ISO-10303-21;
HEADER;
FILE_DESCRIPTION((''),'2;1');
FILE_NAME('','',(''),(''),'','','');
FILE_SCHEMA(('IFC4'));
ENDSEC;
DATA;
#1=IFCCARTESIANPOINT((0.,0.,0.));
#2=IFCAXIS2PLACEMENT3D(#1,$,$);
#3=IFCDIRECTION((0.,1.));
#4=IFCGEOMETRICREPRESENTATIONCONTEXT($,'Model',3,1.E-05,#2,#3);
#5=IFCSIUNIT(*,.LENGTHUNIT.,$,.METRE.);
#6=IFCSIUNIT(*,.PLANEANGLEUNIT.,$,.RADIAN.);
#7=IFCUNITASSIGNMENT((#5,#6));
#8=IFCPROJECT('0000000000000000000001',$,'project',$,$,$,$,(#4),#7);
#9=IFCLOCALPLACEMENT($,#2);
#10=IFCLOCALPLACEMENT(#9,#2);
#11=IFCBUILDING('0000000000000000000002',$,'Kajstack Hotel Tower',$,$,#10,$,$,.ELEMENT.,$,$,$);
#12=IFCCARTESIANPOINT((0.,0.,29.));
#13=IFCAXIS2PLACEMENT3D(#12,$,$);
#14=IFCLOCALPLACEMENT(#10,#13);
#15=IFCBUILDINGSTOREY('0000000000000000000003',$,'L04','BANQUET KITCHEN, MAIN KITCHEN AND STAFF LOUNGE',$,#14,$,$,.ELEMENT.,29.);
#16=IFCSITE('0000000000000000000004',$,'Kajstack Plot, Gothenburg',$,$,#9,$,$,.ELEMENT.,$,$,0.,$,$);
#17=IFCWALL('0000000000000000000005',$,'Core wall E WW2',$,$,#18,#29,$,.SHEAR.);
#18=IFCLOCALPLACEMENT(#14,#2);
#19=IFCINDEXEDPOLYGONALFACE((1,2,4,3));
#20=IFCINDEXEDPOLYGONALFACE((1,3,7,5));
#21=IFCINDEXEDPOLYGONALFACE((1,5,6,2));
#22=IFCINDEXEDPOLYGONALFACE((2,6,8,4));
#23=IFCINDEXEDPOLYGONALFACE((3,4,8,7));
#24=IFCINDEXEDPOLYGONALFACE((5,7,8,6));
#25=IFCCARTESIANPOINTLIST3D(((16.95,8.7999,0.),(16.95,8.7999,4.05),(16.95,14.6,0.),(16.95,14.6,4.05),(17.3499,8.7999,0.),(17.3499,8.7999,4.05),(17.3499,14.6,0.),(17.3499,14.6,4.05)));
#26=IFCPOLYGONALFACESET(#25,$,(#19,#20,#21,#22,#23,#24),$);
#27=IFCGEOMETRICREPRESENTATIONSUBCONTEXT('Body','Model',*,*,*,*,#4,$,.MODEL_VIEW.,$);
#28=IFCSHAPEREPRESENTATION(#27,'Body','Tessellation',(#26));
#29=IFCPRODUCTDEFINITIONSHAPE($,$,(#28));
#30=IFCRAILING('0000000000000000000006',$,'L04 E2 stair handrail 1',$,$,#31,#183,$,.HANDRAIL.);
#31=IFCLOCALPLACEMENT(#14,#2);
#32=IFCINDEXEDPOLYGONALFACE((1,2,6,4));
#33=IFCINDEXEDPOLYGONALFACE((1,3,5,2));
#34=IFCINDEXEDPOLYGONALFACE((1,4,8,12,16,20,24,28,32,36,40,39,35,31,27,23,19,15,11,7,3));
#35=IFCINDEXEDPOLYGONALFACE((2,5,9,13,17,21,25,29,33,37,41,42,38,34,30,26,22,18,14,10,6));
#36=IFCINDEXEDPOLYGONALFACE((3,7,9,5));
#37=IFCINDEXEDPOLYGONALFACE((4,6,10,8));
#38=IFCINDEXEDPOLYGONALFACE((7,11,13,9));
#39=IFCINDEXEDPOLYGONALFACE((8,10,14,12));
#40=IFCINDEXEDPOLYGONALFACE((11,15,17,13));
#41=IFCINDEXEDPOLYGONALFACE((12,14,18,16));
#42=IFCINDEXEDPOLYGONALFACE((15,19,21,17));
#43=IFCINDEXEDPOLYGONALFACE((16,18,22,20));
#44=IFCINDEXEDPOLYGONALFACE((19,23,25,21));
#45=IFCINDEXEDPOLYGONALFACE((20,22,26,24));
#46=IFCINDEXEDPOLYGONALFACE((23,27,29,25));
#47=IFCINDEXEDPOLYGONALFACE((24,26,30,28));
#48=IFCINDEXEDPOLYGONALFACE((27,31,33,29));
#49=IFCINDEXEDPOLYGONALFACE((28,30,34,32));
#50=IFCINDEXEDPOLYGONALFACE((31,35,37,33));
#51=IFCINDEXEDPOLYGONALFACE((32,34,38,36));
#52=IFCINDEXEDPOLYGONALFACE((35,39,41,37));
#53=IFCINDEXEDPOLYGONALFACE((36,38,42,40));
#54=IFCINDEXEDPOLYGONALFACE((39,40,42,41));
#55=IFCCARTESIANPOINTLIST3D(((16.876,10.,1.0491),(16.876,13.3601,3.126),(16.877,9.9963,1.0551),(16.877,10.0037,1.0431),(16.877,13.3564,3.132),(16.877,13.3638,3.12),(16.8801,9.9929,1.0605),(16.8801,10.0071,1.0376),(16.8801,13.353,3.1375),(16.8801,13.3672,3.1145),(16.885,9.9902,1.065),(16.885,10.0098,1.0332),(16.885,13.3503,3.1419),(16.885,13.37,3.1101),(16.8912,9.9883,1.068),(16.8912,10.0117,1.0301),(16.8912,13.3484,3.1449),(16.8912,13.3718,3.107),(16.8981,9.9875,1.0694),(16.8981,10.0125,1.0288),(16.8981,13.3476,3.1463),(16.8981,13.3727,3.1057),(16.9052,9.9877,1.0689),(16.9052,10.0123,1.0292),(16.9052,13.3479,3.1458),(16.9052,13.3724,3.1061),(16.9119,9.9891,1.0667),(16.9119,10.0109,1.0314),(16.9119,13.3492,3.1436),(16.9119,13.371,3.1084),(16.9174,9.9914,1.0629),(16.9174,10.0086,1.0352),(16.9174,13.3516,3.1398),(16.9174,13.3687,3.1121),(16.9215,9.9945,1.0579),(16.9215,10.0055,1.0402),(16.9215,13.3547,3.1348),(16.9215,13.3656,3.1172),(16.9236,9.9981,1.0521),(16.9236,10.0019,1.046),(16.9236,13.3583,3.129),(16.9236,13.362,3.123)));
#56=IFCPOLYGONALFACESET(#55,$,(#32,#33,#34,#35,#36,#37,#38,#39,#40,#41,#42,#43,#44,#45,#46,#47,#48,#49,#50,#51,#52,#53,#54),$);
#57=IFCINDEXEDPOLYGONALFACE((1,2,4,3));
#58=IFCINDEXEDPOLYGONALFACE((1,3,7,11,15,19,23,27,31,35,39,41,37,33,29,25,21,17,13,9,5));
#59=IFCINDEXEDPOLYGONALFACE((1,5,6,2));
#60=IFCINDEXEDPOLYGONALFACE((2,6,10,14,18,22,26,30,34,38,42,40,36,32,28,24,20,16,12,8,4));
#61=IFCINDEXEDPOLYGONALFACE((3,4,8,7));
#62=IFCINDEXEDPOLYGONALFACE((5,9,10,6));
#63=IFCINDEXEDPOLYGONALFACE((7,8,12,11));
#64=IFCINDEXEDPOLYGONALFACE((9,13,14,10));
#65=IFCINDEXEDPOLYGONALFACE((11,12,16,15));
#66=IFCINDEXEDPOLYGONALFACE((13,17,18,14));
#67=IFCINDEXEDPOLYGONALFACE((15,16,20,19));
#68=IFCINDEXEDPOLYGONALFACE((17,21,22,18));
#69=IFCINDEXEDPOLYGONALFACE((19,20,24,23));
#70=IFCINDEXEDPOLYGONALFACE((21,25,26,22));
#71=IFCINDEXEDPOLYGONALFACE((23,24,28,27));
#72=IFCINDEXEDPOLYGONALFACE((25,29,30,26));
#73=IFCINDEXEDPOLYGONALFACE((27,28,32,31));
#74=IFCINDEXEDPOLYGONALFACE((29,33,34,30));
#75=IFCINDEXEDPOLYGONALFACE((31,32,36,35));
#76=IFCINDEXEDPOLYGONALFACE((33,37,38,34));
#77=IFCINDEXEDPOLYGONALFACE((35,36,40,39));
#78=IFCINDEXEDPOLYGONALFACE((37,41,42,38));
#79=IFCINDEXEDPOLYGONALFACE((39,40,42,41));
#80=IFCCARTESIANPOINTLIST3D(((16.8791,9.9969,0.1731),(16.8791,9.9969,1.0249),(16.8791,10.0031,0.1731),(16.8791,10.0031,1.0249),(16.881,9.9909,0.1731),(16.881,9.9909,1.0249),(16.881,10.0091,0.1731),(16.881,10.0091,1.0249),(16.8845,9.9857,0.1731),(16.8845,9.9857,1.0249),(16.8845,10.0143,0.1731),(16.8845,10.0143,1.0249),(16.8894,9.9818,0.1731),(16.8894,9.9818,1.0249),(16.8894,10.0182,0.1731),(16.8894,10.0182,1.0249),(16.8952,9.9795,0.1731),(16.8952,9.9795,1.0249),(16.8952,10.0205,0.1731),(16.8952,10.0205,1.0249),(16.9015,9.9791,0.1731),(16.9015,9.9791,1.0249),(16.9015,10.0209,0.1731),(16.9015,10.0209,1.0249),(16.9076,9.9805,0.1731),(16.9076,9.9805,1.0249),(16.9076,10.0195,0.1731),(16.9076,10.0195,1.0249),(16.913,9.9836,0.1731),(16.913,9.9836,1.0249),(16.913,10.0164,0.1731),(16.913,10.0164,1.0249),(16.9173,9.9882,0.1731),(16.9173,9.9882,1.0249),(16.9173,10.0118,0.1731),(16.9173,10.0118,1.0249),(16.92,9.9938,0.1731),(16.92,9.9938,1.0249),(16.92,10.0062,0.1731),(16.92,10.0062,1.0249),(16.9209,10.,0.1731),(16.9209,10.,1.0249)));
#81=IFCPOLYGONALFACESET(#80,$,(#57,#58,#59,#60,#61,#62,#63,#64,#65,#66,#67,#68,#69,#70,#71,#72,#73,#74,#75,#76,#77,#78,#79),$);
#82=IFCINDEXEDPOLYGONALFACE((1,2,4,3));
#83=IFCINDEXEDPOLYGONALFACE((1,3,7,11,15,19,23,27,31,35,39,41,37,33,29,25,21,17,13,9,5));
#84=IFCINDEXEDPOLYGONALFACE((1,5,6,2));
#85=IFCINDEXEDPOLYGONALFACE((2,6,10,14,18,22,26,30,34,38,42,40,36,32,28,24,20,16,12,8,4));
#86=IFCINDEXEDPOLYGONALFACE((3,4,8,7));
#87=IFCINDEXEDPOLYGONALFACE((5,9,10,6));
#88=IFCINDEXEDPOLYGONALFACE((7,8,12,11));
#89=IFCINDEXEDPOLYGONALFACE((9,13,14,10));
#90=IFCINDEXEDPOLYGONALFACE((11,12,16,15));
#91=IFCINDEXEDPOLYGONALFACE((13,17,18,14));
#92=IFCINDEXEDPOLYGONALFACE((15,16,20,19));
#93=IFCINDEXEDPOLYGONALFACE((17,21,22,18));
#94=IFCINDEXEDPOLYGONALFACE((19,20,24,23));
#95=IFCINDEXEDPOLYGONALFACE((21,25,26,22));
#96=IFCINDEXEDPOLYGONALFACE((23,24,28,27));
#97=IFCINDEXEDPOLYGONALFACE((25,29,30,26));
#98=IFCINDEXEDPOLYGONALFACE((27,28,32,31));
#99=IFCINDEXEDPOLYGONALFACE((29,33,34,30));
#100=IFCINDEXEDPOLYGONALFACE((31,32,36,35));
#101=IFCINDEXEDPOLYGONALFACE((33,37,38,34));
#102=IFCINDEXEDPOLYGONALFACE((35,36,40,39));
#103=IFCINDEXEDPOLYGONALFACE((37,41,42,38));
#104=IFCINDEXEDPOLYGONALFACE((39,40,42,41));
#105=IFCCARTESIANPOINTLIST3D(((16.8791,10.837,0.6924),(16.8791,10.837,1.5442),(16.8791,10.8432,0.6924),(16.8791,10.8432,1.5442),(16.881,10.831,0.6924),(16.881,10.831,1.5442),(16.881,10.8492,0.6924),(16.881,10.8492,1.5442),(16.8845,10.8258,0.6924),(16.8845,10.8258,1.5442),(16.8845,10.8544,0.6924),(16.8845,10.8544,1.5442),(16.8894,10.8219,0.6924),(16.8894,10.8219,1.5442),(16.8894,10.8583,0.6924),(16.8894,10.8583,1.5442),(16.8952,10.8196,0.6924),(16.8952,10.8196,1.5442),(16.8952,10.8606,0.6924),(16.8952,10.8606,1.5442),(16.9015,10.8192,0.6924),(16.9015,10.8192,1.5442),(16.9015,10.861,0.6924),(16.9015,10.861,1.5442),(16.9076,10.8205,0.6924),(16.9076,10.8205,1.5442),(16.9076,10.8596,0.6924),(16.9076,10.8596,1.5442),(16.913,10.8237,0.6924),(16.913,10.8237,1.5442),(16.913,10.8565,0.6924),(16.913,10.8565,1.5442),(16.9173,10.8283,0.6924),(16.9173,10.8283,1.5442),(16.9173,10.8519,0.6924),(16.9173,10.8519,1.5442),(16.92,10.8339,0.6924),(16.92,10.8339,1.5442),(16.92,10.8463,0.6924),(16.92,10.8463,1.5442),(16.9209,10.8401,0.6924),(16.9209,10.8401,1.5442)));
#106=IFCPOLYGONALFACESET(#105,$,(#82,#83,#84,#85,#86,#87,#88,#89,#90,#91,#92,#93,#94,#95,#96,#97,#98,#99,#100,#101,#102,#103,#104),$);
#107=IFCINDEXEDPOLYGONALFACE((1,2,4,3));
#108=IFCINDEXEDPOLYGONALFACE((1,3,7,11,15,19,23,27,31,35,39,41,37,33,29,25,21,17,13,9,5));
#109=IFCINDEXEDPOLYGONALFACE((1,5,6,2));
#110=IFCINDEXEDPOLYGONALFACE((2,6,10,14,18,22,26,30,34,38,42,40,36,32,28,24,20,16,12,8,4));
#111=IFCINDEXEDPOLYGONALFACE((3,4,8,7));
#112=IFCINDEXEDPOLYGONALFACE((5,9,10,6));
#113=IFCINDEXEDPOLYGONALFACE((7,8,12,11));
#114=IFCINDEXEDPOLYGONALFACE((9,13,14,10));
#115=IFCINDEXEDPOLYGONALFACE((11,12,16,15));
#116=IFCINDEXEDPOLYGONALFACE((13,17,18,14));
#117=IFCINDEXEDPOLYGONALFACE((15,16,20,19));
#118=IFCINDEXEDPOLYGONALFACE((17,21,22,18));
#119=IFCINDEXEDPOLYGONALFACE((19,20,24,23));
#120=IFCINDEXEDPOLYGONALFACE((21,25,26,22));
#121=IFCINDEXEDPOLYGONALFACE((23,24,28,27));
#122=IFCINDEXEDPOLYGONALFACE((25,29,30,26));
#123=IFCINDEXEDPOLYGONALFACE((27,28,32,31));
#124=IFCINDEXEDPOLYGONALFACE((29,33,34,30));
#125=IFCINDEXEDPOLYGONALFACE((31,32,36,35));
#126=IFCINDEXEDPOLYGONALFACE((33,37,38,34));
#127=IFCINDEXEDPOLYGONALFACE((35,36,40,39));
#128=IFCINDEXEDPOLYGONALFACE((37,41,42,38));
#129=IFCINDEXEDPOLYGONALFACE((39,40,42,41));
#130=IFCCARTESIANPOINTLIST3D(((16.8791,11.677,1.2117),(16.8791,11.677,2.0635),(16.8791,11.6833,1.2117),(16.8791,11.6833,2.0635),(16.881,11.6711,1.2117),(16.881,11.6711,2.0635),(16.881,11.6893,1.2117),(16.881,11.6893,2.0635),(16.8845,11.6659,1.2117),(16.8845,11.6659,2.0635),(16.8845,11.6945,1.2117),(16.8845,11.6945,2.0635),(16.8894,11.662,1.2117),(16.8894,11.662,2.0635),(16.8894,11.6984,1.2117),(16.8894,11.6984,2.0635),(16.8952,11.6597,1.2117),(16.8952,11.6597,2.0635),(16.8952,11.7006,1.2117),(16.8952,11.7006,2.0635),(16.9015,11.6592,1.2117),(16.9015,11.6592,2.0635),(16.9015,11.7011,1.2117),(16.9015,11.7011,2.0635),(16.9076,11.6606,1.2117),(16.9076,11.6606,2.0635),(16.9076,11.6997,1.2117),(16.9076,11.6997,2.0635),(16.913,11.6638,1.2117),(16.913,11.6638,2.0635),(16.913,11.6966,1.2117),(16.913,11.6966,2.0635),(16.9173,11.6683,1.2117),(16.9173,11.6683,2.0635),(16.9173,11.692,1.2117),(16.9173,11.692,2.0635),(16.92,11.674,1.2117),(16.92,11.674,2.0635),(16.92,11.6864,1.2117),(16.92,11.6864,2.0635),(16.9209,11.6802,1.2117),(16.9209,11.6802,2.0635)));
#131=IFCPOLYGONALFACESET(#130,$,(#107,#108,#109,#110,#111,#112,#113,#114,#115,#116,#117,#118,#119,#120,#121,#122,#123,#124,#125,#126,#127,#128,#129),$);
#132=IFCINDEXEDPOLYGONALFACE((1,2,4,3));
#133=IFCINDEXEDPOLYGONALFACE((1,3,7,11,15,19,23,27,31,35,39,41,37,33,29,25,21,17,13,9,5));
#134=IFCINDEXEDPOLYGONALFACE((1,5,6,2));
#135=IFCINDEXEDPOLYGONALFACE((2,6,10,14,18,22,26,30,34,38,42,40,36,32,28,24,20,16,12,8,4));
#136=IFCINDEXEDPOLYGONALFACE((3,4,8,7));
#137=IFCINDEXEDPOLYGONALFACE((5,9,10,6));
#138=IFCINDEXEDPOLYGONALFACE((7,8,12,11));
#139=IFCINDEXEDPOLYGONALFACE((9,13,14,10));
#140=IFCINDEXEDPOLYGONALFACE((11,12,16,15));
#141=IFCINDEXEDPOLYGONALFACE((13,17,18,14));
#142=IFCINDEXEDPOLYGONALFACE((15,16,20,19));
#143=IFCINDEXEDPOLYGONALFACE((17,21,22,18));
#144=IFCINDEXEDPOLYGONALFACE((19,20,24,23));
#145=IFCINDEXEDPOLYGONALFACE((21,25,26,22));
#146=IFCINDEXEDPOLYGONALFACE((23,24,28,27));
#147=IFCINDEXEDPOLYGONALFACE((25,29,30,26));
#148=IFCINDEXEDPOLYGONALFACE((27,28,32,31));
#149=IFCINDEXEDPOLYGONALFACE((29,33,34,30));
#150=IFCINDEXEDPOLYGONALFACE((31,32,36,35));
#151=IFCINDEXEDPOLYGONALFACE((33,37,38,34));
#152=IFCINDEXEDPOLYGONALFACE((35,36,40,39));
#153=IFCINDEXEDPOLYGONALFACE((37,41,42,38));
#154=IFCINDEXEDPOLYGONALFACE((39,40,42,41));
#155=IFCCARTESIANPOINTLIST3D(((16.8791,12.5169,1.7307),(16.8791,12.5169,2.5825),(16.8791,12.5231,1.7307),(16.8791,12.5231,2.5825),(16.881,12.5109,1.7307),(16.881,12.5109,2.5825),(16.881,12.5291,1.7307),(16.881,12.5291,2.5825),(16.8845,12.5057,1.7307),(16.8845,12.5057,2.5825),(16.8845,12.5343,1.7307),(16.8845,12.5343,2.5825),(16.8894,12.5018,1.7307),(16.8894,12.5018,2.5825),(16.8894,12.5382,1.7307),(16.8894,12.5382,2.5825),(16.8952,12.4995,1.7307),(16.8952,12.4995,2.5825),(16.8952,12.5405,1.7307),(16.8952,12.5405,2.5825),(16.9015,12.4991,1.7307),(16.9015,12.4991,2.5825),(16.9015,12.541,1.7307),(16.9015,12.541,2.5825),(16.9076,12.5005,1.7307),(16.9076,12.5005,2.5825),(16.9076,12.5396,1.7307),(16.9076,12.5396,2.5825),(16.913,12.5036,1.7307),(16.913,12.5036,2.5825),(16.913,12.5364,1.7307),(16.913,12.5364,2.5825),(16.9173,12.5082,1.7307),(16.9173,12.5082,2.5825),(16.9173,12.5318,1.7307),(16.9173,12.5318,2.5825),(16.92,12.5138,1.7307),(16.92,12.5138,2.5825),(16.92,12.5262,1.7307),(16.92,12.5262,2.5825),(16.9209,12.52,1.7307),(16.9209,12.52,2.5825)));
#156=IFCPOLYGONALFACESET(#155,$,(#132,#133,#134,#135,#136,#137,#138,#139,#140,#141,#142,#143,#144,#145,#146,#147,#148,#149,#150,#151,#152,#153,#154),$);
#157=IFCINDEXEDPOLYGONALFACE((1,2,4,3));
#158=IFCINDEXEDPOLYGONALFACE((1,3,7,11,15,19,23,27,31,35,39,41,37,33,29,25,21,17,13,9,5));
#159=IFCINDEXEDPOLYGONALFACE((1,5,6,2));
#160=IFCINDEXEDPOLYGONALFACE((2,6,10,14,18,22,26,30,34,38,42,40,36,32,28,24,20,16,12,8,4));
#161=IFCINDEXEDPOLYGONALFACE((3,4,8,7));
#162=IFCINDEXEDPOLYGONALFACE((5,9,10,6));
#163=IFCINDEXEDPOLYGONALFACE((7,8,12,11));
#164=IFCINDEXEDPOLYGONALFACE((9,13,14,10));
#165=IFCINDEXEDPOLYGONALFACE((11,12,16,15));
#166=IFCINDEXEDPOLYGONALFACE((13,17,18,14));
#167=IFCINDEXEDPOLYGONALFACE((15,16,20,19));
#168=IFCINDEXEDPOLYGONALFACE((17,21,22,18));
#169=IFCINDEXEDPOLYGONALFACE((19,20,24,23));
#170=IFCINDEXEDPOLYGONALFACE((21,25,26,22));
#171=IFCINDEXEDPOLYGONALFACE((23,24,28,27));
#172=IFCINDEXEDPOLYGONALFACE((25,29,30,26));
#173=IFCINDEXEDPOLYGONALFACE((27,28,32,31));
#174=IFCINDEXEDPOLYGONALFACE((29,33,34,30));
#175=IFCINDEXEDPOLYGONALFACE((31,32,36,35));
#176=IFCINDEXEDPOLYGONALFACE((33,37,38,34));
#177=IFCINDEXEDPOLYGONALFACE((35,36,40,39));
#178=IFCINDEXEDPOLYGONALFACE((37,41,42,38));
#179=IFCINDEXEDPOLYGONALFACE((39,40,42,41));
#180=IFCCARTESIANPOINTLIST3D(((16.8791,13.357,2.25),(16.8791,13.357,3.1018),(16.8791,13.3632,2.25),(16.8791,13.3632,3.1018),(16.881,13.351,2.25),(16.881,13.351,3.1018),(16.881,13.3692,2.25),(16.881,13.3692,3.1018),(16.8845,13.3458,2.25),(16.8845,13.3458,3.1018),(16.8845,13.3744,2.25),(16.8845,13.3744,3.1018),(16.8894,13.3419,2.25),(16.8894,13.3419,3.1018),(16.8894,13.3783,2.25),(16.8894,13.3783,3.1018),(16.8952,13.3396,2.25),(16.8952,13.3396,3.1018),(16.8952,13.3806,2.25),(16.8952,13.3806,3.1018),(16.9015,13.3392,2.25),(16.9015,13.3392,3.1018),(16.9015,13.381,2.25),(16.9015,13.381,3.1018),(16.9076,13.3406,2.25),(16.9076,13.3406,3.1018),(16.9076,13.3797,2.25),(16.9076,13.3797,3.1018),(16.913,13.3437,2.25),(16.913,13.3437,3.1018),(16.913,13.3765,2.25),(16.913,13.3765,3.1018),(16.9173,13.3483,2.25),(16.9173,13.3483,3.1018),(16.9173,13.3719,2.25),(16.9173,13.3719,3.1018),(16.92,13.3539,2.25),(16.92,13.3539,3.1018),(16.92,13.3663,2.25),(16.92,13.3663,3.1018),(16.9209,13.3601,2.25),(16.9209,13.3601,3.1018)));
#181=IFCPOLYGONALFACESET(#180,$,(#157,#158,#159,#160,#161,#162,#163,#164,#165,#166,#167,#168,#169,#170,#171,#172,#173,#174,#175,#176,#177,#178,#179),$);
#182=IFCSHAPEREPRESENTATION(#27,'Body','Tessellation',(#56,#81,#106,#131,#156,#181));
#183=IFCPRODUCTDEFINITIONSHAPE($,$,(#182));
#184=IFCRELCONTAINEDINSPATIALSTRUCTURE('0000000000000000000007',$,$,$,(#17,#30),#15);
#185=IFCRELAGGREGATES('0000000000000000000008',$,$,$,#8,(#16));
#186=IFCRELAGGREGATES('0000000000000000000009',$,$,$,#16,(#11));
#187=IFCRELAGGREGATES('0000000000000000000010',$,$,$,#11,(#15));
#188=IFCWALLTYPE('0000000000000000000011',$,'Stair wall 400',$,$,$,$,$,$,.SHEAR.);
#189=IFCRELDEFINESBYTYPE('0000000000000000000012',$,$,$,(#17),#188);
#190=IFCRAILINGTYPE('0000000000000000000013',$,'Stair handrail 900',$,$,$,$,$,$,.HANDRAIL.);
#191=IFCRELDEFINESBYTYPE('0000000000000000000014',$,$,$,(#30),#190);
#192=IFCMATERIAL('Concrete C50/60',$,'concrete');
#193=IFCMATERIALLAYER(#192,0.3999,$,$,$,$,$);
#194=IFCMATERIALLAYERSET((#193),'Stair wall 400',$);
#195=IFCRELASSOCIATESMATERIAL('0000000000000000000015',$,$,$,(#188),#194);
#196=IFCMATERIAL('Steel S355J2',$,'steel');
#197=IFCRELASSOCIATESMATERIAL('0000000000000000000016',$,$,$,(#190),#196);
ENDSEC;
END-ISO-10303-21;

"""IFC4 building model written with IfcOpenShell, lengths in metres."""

from ifc_helpers import new_model, si_unit, direction, frame, frame_2d, origin, origin_2d, place, context, subcontext, project, spatial, rectangle, circle, extrude, material, layer, layer_set, type_object, element, save


model = new_model("IFC4")

# Units and contexts
model_context = context("Model", 3, precision=1e-05, world=origin(), true_north=direction((0.0, 1.0)))
body_context = subcontext(model_context, "Body", "Model", "MODEL_VIEW")
ifc_project = project(units=[si_unit("LENGTHUNIT", "METRE"), si_unit("PLANEANGLEUNIT", "RADIAN")], contexts=[model_context])

# Site, building, storey
site_placement = place(None, origin())
site = spatial("IfcSite", under=ifc_project, at=site_placement, Name="Kajstack Plot, Gothenburg", CompositionType="ELEMENT", RefElevation=0.0)
building_placement = place(site_placement, origin())
building = spatial("IfcBuilding", under=site, at=building_placement, Name="Kajstack Hotel Tower", CompositionType="ELEMENT")
storey_placement = place(building_placement, frame((0.0, 0.0, 29.0)))
storey = spatial("IfcBuildingStorey", under=building, at=storey_placement, Name="L04", Description="BANQUET KITCHEN, MAIN KITCHEN AND STAFF LOUNGE", CompositionType="ELEMENT", Elevation=29.0)

# Shared definitions
ifc_material_1 = material(Name="Concrete C50/60", Category="concrete")

# Wall
ifc_layer_1 = layer(ifc_material_1, 0.3999)
ifc_layer_set_1 = layer_set([ifc_layer_1], Name="Stair wall 400")
wall_type_1 = type_object("IfcWallType", Name="Stair wall 400", PredefinedType="SHEAR", material=ifc_layer_set_1)
wall_1_placement = place(storey_placement, frame((17.1499, 8.8, 0.0), z_axis=(0.0, 0.0, 1.0), x_axis=(0.0, 1.0, 0.0)))
element("IfcWall", 1, at=wall_1_placement, inside=storey, type_object=wall_type_1, Name="Core wall E WW2", PredefinedType="SHEAR", context=body_context, shape_type="SweptSolid", body=[
    extrude(rectangle(XDim=5.8, YDim=0.3999, at=frame_2d((2.8999, 0.0))), origin(), (0.0, 0.0, 1.0), 4.05),
])

# Railing
ifc_material_2 = material(Name="Steel S355J2", Category="steel")
railing_type_1 = type_object("IfcRailingType", Name="Stair handrail 900", PredefinedType="HANDRAIL", material=ifc_material_2)
railing_1_placement = place(storey_placement, frame((16.8999, 10.0, 0.1731)))
element("IfcRailing", 2, at=railing_1_placement, inside=storey, type_object=railing_type_1, Name="L04 E2 stair handrail 1", PredefinedType="HANDRAIL", context=body_context, shape_type="SweptSolid", body=[
    extrude(circle(Radius=0.0239, at=origin_2d()), frame((0.0, 0.0, 0.876), z_axis=(0.0, 0.850623, 0.525776), x_axis=(-1.0, 0.0, 0.0)), (0.0, 0.0, 1.0), 3.9502),
    extrude(circle(Radius=0.021, at=origin_2d()), origin(), (0.0, 0.0, 1.0), 0.8518),
    extrude(circle(Radius=0.021, at=origin_2d()), frame((0.0, 0.8401, 0.5193)), (0.0, 0.0, 1.0), 0.8518),
    extrude(circle(Radius=0.021, at=origin_2d()), frame((0.0, 1.6802, 1.0386)), (0.0, 0.0, 1.0), 0.8518),
    extrude(circle(Radius=0.021, at=origin_2d()), frame((0.0, 2.52, 1.5576)), (0.0, 0.0, 1.0), 0.8518),
    extrude(circle(Radius=0.021, at=origin_2d()), frame((0.0, 3.3601, 2.0769)), (0.0, 0.0, 1.0), 0.8518),
])

save(model, "model.ifc")
